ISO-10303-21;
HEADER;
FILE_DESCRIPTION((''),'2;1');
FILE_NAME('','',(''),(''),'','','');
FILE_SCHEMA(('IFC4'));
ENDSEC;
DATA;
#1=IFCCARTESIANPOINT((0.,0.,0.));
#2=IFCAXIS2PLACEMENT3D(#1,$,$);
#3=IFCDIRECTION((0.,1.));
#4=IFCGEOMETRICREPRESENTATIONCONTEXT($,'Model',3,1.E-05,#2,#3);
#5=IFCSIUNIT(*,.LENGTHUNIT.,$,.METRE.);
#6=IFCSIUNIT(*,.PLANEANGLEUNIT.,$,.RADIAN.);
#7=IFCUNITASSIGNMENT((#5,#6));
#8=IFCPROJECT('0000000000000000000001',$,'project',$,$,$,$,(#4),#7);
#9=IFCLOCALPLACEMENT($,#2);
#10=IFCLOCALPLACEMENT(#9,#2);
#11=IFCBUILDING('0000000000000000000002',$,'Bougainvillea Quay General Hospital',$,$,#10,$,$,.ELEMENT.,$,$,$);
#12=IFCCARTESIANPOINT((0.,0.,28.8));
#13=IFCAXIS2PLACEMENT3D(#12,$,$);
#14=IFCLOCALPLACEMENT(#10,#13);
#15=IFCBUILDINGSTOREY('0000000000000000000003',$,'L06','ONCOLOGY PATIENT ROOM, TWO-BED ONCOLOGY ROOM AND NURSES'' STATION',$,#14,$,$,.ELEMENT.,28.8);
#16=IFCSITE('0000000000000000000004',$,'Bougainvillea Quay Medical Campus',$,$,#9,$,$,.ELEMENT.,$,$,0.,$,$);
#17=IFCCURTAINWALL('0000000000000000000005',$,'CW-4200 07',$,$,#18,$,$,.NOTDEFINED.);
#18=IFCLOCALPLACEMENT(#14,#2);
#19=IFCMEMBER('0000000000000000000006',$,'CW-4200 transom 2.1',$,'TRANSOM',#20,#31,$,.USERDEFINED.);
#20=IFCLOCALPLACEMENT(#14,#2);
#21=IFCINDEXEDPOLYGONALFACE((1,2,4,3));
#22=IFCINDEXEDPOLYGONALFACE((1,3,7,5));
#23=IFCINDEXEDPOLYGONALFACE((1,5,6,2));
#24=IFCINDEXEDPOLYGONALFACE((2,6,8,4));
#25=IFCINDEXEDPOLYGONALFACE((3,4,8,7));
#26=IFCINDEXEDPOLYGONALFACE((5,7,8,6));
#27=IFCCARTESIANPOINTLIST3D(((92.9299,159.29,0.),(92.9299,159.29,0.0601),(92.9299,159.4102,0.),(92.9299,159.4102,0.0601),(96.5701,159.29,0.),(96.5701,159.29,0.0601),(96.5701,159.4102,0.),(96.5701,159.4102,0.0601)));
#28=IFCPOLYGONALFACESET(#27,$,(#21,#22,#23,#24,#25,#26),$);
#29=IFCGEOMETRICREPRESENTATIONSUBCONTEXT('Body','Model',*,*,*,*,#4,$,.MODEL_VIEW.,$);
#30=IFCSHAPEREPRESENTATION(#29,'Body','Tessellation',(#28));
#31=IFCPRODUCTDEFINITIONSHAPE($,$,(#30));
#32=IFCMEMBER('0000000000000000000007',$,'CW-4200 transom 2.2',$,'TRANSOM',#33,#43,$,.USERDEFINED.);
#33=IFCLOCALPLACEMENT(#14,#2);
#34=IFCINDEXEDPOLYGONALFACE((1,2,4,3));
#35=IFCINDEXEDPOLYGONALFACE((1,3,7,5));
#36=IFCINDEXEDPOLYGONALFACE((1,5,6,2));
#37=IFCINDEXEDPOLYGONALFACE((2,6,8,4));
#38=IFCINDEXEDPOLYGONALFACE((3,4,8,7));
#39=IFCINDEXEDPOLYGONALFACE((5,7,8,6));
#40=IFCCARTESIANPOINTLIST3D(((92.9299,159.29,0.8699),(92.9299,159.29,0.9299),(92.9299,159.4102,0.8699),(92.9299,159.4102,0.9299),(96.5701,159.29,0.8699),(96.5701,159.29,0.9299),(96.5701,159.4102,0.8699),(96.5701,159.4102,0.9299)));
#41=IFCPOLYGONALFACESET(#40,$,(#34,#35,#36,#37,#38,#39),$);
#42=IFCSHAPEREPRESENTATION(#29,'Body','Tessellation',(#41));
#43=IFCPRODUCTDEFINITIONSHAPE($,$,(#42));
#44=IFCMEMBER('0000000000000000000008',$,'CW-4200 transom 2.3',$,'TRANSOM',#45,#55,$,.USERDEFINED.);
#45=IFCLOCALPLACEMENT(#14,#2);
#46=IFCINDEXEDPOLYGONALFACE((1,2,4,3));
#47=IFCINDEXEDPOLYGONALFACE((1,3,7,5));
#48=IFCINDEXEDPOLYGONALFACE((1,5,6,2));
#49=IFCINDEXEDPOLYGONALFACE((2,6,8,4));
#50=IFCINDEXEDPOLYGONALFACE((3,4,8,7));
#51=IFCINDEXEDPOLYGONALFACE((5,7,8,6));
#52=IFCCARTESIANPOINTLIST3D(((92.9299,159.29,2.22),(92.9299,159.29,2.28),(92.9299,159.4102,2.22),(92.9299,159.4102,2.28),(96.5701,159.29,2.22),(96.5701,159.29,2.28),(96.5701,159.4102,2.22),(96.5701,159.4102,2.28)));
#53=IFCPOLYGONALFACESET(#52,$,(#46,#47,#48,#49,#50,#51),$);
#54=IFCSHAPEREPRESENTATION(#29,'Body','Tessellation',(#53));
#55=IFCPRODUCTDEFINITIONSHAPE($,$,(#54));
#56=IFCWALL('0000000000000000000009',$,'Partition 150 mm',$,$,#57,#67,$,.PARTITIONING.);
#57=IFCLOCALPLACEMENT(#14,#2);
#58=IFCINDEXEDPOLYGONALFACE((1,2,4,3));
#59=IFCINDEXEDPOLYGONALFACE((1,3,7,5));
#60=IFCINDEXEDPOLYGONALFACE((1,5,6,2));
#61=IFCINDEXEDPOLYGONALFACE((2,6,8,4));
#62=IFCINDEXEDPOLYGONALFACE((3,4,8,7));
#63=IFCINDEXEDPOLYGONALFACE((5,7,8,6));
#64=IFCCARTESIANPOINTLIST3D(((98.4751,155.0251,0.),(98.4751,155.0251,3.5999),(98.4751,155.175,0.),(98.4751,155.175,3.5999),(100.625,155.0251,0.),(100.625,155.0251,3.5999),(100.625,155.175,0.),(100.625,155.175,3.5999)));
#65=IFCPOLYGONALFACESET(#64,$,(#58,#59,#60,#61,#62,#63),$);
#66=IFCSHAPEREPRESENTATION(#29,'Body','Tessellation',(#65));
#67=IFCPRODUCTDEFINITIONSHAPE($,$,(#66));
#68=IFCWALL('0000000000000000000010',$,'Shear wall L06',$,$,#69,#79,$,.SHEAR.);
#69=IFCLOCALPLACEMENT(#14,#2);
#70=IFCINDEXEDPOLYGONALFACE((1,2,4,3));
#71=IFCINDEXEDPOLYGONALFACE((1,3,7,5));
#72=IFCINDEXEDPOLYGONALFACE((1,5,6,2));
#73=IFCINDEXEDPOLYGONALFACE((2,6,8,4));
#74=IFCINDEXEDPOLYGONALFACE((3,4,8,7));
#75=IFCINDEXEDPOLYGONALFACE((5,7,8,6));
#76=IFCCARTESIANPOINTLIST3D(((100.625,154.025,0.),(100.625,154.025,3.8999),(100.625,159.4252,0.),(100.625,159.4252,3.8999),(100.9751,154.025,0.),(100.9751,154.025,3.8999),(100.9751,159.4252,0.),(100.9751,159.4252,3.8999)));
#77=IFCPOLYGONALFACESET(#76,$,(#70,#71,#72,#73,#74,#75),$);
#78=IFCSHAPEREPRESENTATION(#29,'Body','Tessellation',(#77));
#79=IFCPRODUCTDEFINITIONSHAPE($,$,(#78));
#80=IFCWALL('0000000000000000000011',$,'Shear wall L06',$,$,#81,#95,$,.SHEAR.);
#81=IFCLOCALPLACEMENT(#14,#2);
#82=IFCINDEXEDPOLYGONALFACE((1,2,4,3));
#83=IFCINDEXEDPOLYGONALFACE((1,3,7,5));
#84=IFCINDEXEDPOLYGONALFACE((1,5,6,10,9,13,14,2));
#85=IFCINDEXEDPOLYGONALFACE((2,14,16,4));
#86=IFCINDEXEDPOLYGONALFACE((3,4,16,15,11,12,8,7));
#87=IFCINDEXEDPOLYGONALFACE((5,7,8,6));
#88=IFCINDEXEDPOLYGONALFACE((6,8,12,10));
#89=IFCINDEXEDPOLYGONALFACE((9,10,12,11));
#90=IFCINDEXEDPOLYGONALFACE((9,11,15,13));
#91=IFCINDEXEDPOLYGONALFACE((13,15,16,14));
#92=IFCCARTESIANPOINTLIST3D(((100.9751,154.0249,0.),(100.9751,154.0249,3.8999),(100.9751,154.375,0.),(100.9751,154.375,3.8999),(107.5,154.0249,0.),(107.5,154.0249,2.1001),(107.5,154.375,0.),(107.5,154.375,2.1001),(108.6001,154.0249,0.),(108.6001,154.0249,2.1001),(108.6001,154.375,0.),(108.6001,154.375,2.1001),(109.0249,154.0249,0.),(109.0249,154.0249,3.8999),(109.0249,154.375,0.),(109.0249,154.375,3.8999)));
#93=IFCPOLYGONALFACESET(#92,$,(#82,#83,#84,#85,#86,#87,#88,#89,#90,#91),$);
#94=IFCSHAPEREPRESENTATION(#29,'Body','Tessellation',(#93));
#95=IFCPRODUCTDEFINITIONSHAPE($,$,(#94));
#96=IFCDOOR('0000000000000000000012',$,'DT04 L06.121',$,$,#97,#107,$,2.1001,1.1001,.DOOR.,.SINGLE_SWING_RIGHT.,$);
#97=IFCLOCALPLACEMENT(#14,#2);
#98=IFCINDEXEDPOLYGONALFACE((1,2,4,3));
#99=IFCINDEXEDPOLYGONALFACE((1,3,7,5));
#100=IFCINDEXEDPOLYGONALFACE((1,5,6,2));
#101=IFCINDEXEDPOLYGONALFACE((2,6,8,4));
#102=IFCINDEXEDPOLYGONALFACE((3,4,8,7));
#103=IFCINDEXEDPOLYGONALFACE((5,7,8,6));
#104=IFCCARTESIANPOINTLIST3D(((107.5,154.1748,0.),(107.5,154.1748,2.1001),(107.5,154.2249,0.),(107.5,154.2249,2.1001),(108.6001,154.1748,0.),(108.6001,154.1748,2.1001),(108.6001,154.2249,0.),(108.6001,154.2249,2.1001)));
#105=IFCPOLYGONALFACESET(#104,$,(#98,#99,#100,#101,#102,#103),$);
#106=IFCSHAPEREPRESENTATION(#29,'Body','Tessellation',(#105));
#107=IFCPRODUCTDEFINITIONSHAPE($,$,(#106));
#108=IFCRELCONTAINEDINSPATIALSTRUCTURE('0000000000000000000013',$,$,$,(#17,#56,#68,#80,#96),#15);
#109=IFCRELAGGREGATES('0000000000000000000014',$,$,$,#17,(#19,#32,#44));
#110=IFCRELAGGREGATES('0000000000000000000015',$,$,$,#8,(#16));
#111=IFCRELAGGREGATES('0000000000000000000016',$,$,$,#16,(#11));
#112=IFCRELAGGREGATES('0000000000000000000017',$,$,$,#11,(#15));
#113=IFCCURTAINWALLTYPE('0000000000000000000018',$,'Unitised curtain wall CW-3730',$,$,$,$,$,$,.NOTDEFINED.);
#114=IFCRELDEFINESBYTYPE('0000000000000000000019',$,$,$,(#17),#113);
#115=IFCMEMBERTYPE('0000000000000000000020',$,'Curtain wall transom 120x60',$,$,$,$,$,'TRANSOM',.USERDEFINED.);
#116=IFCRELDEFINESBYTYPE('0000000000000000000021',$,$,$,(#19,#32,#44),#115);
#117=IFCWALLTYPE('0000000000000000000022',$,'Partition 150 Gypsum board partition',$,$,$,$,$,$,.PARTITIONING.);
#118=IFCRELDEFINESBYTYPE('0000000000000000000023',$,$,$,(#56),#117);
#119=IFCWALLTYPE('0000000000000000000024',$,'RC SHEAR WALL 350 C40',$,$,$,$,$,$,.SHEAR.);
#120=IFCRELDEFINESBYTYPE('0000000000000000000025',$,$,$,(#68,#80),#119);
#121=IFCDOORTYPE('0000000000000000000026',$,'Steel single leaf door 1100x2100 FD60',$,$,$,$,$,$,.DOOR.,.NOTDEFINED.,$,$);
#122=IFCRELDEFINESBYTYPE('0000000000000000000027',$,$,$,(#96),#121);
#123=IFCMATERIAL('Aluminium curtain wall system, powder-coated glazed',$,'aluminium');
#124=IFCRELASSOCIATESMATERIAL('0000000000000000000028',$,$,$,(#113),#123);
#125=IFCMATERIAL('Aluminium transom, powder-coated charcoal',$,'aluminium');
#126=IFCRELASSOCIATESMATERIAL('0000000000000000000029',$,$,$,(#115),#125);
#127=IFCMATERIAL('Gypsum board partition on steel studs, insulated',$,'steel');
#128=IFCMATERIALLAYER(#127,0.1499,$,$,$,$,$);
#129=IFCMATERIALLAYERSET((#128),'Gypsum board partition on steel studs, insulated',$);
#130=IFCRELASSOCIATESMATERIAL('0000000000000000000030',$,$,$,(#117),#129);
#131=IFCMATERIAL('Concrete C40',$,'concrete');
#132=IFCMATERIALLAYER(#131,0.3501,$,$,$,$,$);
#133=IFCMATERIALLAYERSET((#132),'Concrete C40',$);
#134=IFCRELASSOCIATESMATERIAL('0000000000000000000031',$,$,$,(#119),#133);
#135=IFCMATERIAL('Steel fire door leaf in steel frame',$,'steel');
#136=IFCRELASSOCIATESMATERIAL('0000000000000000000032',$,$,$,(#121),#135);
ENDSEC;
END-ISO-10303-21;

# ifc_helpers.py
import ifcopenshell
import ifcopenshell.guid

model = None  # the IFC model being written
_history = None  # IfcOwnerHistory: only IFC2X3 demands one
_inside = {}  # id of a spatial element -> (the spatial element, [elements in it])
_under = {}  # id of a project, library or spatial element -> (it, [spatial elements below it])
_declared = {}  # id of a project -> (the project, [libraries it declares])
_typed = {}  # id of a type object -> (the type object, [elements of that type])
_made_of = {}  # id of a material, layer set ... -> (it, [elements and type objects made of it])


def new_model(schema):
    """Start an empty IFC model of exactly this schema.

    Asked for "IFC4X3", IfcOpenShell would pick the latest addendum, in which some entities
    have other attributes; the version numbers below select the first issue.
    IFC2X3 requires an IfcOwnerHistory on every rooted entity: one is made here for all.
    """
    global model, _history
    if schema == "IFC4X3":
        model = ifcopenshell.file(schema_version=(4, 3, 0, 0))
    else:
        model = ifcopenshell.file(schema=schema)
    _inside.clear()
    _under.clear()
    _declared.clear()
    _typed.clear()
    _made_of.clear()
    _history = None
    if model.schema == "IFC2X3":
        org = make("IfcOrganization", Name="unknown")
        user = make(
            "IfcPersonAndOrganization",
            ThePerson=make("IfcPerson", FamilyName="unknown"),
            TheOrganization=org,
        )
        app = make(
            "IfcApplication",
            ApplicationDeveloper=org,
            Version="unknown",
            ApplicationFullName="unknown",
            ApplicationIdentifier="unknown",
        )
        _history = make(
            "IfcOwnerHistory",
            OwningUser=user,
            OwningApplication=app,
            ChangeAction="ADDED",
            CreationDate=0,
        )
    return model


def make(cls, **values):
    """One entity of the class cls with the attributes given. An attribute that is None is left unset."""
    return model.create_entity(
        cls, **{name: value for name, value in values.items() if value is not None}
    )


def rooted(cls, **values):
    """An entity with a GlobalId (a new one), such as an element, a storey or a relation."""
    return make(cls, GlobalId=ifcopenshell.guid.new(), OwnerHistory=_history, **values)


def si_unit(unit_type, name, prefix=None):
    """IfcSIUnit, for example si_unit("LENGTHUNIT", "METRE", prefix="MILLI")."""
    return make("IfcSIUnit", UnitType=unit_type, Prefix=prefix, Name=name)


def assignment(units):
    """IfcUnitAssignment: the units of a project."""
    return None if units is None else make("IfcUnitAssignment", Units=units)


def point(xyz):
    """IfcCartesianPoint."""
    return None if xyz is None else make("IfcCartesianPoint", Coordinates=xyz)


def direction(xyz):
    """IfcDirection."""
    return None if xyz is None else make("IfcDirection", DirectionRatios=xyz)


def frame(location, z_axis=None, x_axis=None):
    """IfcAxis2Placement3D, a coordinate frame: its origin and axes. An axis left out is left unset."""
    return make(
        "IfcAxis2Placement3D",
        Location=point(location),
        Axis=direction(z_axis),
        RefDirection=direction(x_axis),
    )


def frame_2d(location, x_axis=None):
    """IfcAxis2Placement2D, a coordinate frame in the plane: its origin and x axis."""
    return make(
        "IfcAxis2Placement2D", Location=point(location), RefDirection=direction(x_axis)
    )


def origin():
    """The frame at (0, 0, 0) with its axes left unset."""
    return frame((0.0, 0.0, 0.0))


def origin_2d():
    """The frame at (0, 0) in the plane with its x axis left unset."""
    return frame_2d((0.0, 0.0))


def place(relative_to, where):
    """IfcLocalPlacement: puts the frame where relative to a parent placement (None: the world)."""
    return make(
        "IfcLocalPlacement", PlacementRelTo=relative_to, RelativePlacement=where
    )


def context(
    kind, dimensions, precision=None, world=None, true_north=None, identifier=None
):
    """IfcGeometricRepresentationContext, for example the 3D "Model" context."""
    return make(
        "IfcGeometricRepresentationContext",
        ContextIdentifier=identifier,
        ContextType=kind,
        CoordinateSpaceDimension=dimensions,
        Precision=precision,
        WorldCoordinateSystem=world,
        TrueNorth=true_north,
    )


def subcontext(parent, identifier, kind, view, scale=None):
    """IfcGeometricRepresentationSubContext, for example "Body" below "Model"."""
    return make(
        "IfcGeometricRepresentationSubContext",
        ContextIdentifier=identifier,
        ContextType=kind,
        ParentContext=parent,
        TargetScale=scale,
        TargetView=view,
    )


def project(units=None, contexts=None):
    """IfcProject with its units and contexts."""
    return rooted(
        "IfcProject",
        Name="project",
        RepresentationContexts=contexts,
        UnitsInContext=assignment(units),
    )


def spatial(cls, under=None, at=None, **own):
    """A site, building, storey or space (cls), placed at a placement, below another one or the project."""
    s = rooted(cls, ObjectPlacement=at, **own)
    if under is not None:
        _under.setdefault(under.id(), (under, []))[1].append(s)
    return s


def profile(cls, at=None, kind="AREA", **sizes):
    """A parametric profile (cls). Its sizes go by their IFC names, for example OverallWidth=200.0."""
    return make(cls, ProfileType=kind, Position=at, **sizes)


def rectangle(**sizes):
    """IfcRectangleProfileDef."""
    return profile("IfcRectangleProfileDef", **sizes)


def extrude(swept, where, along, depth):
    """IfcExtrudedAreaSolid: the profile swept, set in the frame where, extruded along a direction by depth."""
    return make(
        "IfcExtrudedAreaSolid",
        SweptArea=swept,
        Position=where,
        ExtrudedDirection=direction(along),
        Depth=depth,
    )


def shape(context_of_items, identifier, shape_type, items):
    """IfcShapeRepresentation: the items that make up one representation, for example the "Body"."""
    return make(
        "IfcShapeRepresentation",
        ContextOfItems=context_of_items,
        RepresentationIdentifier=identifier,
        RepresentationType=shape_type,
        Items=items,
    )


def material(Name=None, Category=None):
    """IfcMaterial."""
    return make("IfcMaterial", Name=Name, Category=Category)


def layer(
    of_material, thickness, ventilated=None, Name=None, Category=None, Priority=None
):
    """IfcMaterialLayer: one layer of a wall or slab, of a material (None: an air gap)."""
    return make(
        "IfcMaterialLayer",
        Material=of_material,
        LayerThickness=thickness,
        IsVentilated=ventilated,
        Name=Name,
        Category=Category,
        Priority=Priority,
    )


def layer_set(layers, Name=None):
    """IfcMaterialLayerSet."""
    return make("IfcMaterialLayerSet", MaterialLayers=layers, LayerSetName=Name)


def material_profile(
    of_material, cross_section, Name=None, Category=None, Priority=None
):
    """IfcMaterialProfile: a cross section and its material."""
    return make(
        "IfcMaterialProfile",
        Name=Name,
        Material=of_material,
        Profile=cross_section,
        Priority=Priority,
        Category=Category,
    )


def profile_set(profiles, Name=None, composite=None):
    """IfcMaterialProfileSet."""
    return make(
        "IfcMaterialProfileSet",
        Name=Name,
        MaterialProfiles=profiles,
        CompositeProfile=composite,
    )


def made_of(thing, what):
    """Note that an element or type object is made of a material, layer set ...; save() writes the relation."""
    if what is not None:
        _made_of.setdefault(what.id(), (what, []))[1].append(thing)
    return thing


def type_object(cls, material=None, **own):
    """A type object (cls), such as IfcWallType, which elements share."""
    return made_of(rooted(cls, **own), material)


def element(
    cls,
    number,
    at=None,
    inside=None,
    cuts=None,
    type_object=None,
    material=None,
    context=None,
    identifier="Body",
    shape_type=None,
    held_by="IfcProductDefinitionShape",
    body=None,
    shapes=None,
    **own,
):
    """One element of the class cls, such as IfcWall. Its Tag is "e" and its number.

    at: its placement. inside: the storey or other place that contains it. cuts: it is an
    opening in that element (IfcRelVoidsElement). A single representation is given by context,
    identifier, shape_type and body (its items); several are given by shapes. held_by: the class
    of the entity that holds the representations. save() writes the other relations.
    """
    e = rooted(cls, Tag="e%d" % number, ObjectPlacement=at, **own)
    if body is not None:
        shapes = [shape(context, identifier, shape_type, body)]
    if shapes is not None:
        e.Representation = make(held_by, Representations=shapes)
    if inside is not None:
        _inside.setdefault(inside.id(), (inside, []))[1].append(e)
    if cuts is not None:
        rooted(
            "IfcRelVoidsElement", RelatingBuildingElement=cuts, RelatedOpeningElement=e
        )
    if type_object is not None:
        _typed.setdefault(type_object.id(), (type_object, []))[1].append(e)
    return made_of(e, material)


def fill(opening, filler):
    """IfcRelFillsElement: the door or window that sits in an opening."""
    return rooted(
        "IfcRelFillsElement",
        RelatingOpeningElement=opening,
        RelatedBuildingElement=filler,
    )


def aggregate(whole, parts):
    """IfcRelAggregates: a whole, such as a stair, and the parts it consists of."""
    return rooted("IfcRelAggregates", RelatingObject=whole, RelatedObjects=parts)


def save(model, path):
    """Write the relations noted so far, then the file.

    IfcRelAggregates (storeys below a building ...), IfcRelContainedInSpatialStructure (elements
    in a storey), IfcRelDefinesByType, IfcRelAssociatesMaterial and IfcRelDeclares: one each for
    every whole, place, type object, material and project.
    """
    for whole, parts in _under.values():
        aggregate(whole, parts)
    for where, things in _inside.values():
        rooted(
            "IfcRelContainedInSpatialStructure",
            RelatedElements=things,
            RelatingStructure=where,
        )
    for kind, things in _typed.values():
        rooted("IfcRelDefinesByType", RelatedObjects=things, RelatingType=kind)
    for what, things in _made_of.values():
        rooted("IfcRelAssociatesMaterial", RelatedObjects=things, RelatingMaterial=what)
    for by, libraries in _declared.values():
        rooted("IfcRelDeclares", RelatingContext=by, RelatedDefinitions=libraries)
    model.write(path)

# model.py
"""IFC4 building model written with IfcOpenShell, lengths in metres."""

from ifc_helpers import new_model, si_unit, direction, frame, frame_2d, origin, origin_2d, place, context, subcontext, project, spatial, rectangle, extrude, material, layer, layer_set, material_profile, profile_set, type_object, element, fill, aggregate, save


model = new_model("IFC4")

# Units and contexts
model_context = context("Model", 3, precision=1e-05, world=origin(), true_north=direction((0.0, 1.0)))
body_context = subcontext(model_context, "Body", "Model", "MODEL_VIEW")
ifc_project = project(units=[si_unit("LENGTHUNIT", "METRE"), si_unit("PLANEANGLEUNIT", "RADIAN")], contexts=[model_context])

# Site, building, storey
site_placement = place(None, origin())
site = spatial("IfcSite", under=ifc_project, at=site_placement, Name="Bougainvillea Quay Medical Campus", CompositionType="ELEMENT", RefElevation=0.0)
building_placement = place(site_placement, origin())
building = spatial("IfcBuilding", under=site, at=building_placement, Name="Bougainvillea Quay General Hospital", CompositionType="ELEMENT")
storey_placement = place(building_placement, frame((0.0, 0.0, 28.8)))
storey = spatial("IfcBuildingStorey", under=building, at=storey_placement, Name="L06", Description="ONCOLOGY PATIENT ROOM, TWO-BED ONCOLOGY ROOM AND NURSES' STATION", CompositionType="ELEMENT", Elevation=28.8)

# Curtain wall, members
ifc_material_1 = material(Name="Aluminium curtain wall system, powder-coated glazed", Category="aluminium")
curtain_wall_type = type_object("IfcCurtainWallType", Name="Unitised curtain wall CW-3730", PredefinedType="NOTDEFINED", material=ifc_material_1)
curtain_wall_placement = place(storey_placement, origin())
curtain_wall = element("IfcCurtainWall", 1, at=curtain_wall_placement, inside=storey, type_object=curtain_wall_type, Name="CW-4200 07", PredefinedType="NOTDEFINED")
ifc_material_2 = material(Name="Aluminium transom, powder-coated charcoal", Category="aluminium")
ifc_material_profile = material_profile(ifc_material_2, rectangle(XDim=0.1201, YDim=0.0601, at=origin_2d()))
ifc_profile_set = profile_set([ifc_material_profile], Name="Aluminium transom, powder-coated charcoal")
member_type = type_object("IfcMemberType", Name="Curtain wall transom 120x60", ElementType="TRANSOM", PredefinedType="USERDEFINED", material=ifc_profile_set)
member_1_placement = place(storey_placement, frame((96.5701, 159.3501, 0.03), z_axis=(-1.0, 0.0, 0.0), x_axis=(0.0, -1.0, 0.0)))
member_1 = element("IfcMember", 2, at=member_1_placement, type_object=member_type, Name="CW-4200 transom 2.1", ObjectType="TRANSOM", PredefinedType="USERDEFINED", context=body_context, shape_type="SweptSolid", body=[
    extrude(rectangle(XDim=0.1201, YDim=0.0601, at=origin_2d()), origin(), (0.0, 0.0, 1.0), 3.6401),
])
member_2_placement = place(storey_placement, frame((96.5701, 159.3501, 0.8999), z_axis=(-1.0, 0.0, 0.0), x_axis=(0.0, -1.0, 0.0)))
member_2 = element("IfcMember", 3, at=member_2_placement, type_object=member_type, Name="CW-4200 transom 2.2", ObjectType="TRANSOM", PredefinedType="USERDEFINED", context=body_context, shape_type="SweptSolid", body=[
    extrude(rectangle(XDim=0.1201, YDim=0.0601, at=origin_2d()), origin(), (0.0, 0.0, 1.0), 3.6401),
])
member_3_placement = place(storey_placement, frame((96.5701, 159.3501, 2.25), z_axis=(-1.0, 0.0, 0.0), x_axis=(0.0, -1.0, 0.0)))
member_3 = element("IfcMember", 4, at=member_3_placement, type_object=member_type, Name="CW-4200 transom 2.3", ObjectType="TRANSOM", PredefinedType="USERDEFINED", context=body_context, shape_type="SweptSolid", body=[
    extrude(rectangle(XDim=0.1201, YDim=0.0601, at=origin_2d()), origin(), (0.0, 0.0, 1.0), 3.6401),
])
aggregate(curtain_wall, [member_1, member_2, member_3])

# Walls
ifc_material_3 = material(Name="Gypsum board partition on steel studs, insulated", Category="steel")
ifc_layer_1 = layer(ifc_material_3, 0.1499)
ifc_layer_set_1 = layer_set([ifc_layer_1], Name="Gypsum board partition on steel studs, insulated")
wall_type_1 = type_object("IfcWallType", Name="Partition 150 Gypsum board partition", PredefinedType="PARTITIONING", material=ifc_layer_set_1)
wall_1_placement = place(storey_placement, frame((98.4751, 155.1001, 0.0), z_axis=(0.0, 0.0, 1.0), x_axis=(1.0, 0.0, 0.0)))
element("IfcWall", 5, at=wall_1_placement, inside=storey, type_object=wall_type_1, Name="Partition 150 mm", PredefinedType="PARTITIONING", context=body_context, shape_type="SweptSolid", body=[
    extrude(rectangle(XDim=2.1499, YDim=0.1499, at=frame_2d((1.075, 0.0))), origin(), (0.0, 0.0, 1.0), 3.5999),
])
ifc_material_4 = material(Name="Concrete C40", Category="concrete")
ifc_layer_2 = layer(ifc_material_4, 0.3501)
ifc_layer_set_2 = layer_set([ifc_layer_2], Name="Concrete C40")
wall_type_2 = type_object("IfcWallType", Name="RC SHEAR WALL 350 C40", PredefinedType="SHEAR", material=ifc_layer_set_2)
wall_2_placement = place(storey_placement, frame((100.8, 154.0249, 0.0), z_axis=(0.0, 0.0, 1.0), x_axis=(0.0, 1.0, 0.0)))
element("IfcWall", 6, at=wall_2_placement, inside=storey, type_object=wall_type_2, Name="Shear wall L06", PredefinedType="SHEAR", context=body_context, shape_type="SweptSolid", body=[
    extrude(rectangle(XDim=5.4001, YDim=0.3501, at=frame_2d((2.7002, 0.0))), origin(), (0.0, 0.0, 1.0), 3.8999),
])

# Wall, opening, door
wall_3_placement = place(storey_placement, frame((100.9751, 154.2, 0.0), z_axis=(0.0, 0.0, 1.0), x_axis=(1.0, 0.0, 0.0)))
wall_3 = element("IfcWall", 7, at=wall_3_placement, inside=storey, type_object=wall_type_2, Name="Shear wall L06", PredefinedType="SHEAR", context=body_context, shape_type="SweptSolid", body=[
    extrude(rectangle(XDim=8.0498, YDim=0.3501, at=frame_2d((4.0249, 0.0))), origin(), (0.0, 0.0, 1.0), 3.8999),
])
opening_placement = place(wall_3_placement, frame((6.5249, 0.0, 0.0)))
opening = element("IfcOpeningElement", 8, at=opening_placement, cuts=wall_3, PredefinedType="OPENING", context=body_context, shape_type="SweptSolid", body=[
    extrude(rectangle(XDim=1.1001, YDim=2.1001, at=frame_2d((0.55, 1.05))), frame((0.0, 0.1851, 0.0), z_axis=(0.0, -1.0, 0.0), x_axis=(1.0, 0.0, 0.0)), (0.0, 0.0, 1.0), 0.3701),
])
ifc_material_5 = material(Name="Steel fire door leaf in steel frame", Category="steel")
door_type = type_object("IfcDoorType", Name="Steel single leaf door 1100x2100 FD60", OperationType="NOTDEFINED", PredefinedType="DOOR", material=ifc_material_5)
door_placement = place(opening_placement, origin())
door = element("IfcDoor", 9, at=door_placement, inside=storey, type_object=door_type, Name="DT04 L06.121", OperationType="SINGLE_SWING_RIGHT", OverallHeight=2.1001, OverallWidth=1.1001, PredefinedType="DOOR", context=body_context, shape_type="SweptSolid", body=[
    extrude(rectangle(XDim=1.1001, YDim=2.1001, at=frame_2d((0.55, 1.05))), frame((0.0, 0.0249, 0.0), z_axis=(0.0, -1.0, 0.0), x_axis=(1.0, 0.0, 0.0)), (0.0, 0.0, 1.0), 0.05),
])
fill(opening, door)

save(model, "model.ifc")
